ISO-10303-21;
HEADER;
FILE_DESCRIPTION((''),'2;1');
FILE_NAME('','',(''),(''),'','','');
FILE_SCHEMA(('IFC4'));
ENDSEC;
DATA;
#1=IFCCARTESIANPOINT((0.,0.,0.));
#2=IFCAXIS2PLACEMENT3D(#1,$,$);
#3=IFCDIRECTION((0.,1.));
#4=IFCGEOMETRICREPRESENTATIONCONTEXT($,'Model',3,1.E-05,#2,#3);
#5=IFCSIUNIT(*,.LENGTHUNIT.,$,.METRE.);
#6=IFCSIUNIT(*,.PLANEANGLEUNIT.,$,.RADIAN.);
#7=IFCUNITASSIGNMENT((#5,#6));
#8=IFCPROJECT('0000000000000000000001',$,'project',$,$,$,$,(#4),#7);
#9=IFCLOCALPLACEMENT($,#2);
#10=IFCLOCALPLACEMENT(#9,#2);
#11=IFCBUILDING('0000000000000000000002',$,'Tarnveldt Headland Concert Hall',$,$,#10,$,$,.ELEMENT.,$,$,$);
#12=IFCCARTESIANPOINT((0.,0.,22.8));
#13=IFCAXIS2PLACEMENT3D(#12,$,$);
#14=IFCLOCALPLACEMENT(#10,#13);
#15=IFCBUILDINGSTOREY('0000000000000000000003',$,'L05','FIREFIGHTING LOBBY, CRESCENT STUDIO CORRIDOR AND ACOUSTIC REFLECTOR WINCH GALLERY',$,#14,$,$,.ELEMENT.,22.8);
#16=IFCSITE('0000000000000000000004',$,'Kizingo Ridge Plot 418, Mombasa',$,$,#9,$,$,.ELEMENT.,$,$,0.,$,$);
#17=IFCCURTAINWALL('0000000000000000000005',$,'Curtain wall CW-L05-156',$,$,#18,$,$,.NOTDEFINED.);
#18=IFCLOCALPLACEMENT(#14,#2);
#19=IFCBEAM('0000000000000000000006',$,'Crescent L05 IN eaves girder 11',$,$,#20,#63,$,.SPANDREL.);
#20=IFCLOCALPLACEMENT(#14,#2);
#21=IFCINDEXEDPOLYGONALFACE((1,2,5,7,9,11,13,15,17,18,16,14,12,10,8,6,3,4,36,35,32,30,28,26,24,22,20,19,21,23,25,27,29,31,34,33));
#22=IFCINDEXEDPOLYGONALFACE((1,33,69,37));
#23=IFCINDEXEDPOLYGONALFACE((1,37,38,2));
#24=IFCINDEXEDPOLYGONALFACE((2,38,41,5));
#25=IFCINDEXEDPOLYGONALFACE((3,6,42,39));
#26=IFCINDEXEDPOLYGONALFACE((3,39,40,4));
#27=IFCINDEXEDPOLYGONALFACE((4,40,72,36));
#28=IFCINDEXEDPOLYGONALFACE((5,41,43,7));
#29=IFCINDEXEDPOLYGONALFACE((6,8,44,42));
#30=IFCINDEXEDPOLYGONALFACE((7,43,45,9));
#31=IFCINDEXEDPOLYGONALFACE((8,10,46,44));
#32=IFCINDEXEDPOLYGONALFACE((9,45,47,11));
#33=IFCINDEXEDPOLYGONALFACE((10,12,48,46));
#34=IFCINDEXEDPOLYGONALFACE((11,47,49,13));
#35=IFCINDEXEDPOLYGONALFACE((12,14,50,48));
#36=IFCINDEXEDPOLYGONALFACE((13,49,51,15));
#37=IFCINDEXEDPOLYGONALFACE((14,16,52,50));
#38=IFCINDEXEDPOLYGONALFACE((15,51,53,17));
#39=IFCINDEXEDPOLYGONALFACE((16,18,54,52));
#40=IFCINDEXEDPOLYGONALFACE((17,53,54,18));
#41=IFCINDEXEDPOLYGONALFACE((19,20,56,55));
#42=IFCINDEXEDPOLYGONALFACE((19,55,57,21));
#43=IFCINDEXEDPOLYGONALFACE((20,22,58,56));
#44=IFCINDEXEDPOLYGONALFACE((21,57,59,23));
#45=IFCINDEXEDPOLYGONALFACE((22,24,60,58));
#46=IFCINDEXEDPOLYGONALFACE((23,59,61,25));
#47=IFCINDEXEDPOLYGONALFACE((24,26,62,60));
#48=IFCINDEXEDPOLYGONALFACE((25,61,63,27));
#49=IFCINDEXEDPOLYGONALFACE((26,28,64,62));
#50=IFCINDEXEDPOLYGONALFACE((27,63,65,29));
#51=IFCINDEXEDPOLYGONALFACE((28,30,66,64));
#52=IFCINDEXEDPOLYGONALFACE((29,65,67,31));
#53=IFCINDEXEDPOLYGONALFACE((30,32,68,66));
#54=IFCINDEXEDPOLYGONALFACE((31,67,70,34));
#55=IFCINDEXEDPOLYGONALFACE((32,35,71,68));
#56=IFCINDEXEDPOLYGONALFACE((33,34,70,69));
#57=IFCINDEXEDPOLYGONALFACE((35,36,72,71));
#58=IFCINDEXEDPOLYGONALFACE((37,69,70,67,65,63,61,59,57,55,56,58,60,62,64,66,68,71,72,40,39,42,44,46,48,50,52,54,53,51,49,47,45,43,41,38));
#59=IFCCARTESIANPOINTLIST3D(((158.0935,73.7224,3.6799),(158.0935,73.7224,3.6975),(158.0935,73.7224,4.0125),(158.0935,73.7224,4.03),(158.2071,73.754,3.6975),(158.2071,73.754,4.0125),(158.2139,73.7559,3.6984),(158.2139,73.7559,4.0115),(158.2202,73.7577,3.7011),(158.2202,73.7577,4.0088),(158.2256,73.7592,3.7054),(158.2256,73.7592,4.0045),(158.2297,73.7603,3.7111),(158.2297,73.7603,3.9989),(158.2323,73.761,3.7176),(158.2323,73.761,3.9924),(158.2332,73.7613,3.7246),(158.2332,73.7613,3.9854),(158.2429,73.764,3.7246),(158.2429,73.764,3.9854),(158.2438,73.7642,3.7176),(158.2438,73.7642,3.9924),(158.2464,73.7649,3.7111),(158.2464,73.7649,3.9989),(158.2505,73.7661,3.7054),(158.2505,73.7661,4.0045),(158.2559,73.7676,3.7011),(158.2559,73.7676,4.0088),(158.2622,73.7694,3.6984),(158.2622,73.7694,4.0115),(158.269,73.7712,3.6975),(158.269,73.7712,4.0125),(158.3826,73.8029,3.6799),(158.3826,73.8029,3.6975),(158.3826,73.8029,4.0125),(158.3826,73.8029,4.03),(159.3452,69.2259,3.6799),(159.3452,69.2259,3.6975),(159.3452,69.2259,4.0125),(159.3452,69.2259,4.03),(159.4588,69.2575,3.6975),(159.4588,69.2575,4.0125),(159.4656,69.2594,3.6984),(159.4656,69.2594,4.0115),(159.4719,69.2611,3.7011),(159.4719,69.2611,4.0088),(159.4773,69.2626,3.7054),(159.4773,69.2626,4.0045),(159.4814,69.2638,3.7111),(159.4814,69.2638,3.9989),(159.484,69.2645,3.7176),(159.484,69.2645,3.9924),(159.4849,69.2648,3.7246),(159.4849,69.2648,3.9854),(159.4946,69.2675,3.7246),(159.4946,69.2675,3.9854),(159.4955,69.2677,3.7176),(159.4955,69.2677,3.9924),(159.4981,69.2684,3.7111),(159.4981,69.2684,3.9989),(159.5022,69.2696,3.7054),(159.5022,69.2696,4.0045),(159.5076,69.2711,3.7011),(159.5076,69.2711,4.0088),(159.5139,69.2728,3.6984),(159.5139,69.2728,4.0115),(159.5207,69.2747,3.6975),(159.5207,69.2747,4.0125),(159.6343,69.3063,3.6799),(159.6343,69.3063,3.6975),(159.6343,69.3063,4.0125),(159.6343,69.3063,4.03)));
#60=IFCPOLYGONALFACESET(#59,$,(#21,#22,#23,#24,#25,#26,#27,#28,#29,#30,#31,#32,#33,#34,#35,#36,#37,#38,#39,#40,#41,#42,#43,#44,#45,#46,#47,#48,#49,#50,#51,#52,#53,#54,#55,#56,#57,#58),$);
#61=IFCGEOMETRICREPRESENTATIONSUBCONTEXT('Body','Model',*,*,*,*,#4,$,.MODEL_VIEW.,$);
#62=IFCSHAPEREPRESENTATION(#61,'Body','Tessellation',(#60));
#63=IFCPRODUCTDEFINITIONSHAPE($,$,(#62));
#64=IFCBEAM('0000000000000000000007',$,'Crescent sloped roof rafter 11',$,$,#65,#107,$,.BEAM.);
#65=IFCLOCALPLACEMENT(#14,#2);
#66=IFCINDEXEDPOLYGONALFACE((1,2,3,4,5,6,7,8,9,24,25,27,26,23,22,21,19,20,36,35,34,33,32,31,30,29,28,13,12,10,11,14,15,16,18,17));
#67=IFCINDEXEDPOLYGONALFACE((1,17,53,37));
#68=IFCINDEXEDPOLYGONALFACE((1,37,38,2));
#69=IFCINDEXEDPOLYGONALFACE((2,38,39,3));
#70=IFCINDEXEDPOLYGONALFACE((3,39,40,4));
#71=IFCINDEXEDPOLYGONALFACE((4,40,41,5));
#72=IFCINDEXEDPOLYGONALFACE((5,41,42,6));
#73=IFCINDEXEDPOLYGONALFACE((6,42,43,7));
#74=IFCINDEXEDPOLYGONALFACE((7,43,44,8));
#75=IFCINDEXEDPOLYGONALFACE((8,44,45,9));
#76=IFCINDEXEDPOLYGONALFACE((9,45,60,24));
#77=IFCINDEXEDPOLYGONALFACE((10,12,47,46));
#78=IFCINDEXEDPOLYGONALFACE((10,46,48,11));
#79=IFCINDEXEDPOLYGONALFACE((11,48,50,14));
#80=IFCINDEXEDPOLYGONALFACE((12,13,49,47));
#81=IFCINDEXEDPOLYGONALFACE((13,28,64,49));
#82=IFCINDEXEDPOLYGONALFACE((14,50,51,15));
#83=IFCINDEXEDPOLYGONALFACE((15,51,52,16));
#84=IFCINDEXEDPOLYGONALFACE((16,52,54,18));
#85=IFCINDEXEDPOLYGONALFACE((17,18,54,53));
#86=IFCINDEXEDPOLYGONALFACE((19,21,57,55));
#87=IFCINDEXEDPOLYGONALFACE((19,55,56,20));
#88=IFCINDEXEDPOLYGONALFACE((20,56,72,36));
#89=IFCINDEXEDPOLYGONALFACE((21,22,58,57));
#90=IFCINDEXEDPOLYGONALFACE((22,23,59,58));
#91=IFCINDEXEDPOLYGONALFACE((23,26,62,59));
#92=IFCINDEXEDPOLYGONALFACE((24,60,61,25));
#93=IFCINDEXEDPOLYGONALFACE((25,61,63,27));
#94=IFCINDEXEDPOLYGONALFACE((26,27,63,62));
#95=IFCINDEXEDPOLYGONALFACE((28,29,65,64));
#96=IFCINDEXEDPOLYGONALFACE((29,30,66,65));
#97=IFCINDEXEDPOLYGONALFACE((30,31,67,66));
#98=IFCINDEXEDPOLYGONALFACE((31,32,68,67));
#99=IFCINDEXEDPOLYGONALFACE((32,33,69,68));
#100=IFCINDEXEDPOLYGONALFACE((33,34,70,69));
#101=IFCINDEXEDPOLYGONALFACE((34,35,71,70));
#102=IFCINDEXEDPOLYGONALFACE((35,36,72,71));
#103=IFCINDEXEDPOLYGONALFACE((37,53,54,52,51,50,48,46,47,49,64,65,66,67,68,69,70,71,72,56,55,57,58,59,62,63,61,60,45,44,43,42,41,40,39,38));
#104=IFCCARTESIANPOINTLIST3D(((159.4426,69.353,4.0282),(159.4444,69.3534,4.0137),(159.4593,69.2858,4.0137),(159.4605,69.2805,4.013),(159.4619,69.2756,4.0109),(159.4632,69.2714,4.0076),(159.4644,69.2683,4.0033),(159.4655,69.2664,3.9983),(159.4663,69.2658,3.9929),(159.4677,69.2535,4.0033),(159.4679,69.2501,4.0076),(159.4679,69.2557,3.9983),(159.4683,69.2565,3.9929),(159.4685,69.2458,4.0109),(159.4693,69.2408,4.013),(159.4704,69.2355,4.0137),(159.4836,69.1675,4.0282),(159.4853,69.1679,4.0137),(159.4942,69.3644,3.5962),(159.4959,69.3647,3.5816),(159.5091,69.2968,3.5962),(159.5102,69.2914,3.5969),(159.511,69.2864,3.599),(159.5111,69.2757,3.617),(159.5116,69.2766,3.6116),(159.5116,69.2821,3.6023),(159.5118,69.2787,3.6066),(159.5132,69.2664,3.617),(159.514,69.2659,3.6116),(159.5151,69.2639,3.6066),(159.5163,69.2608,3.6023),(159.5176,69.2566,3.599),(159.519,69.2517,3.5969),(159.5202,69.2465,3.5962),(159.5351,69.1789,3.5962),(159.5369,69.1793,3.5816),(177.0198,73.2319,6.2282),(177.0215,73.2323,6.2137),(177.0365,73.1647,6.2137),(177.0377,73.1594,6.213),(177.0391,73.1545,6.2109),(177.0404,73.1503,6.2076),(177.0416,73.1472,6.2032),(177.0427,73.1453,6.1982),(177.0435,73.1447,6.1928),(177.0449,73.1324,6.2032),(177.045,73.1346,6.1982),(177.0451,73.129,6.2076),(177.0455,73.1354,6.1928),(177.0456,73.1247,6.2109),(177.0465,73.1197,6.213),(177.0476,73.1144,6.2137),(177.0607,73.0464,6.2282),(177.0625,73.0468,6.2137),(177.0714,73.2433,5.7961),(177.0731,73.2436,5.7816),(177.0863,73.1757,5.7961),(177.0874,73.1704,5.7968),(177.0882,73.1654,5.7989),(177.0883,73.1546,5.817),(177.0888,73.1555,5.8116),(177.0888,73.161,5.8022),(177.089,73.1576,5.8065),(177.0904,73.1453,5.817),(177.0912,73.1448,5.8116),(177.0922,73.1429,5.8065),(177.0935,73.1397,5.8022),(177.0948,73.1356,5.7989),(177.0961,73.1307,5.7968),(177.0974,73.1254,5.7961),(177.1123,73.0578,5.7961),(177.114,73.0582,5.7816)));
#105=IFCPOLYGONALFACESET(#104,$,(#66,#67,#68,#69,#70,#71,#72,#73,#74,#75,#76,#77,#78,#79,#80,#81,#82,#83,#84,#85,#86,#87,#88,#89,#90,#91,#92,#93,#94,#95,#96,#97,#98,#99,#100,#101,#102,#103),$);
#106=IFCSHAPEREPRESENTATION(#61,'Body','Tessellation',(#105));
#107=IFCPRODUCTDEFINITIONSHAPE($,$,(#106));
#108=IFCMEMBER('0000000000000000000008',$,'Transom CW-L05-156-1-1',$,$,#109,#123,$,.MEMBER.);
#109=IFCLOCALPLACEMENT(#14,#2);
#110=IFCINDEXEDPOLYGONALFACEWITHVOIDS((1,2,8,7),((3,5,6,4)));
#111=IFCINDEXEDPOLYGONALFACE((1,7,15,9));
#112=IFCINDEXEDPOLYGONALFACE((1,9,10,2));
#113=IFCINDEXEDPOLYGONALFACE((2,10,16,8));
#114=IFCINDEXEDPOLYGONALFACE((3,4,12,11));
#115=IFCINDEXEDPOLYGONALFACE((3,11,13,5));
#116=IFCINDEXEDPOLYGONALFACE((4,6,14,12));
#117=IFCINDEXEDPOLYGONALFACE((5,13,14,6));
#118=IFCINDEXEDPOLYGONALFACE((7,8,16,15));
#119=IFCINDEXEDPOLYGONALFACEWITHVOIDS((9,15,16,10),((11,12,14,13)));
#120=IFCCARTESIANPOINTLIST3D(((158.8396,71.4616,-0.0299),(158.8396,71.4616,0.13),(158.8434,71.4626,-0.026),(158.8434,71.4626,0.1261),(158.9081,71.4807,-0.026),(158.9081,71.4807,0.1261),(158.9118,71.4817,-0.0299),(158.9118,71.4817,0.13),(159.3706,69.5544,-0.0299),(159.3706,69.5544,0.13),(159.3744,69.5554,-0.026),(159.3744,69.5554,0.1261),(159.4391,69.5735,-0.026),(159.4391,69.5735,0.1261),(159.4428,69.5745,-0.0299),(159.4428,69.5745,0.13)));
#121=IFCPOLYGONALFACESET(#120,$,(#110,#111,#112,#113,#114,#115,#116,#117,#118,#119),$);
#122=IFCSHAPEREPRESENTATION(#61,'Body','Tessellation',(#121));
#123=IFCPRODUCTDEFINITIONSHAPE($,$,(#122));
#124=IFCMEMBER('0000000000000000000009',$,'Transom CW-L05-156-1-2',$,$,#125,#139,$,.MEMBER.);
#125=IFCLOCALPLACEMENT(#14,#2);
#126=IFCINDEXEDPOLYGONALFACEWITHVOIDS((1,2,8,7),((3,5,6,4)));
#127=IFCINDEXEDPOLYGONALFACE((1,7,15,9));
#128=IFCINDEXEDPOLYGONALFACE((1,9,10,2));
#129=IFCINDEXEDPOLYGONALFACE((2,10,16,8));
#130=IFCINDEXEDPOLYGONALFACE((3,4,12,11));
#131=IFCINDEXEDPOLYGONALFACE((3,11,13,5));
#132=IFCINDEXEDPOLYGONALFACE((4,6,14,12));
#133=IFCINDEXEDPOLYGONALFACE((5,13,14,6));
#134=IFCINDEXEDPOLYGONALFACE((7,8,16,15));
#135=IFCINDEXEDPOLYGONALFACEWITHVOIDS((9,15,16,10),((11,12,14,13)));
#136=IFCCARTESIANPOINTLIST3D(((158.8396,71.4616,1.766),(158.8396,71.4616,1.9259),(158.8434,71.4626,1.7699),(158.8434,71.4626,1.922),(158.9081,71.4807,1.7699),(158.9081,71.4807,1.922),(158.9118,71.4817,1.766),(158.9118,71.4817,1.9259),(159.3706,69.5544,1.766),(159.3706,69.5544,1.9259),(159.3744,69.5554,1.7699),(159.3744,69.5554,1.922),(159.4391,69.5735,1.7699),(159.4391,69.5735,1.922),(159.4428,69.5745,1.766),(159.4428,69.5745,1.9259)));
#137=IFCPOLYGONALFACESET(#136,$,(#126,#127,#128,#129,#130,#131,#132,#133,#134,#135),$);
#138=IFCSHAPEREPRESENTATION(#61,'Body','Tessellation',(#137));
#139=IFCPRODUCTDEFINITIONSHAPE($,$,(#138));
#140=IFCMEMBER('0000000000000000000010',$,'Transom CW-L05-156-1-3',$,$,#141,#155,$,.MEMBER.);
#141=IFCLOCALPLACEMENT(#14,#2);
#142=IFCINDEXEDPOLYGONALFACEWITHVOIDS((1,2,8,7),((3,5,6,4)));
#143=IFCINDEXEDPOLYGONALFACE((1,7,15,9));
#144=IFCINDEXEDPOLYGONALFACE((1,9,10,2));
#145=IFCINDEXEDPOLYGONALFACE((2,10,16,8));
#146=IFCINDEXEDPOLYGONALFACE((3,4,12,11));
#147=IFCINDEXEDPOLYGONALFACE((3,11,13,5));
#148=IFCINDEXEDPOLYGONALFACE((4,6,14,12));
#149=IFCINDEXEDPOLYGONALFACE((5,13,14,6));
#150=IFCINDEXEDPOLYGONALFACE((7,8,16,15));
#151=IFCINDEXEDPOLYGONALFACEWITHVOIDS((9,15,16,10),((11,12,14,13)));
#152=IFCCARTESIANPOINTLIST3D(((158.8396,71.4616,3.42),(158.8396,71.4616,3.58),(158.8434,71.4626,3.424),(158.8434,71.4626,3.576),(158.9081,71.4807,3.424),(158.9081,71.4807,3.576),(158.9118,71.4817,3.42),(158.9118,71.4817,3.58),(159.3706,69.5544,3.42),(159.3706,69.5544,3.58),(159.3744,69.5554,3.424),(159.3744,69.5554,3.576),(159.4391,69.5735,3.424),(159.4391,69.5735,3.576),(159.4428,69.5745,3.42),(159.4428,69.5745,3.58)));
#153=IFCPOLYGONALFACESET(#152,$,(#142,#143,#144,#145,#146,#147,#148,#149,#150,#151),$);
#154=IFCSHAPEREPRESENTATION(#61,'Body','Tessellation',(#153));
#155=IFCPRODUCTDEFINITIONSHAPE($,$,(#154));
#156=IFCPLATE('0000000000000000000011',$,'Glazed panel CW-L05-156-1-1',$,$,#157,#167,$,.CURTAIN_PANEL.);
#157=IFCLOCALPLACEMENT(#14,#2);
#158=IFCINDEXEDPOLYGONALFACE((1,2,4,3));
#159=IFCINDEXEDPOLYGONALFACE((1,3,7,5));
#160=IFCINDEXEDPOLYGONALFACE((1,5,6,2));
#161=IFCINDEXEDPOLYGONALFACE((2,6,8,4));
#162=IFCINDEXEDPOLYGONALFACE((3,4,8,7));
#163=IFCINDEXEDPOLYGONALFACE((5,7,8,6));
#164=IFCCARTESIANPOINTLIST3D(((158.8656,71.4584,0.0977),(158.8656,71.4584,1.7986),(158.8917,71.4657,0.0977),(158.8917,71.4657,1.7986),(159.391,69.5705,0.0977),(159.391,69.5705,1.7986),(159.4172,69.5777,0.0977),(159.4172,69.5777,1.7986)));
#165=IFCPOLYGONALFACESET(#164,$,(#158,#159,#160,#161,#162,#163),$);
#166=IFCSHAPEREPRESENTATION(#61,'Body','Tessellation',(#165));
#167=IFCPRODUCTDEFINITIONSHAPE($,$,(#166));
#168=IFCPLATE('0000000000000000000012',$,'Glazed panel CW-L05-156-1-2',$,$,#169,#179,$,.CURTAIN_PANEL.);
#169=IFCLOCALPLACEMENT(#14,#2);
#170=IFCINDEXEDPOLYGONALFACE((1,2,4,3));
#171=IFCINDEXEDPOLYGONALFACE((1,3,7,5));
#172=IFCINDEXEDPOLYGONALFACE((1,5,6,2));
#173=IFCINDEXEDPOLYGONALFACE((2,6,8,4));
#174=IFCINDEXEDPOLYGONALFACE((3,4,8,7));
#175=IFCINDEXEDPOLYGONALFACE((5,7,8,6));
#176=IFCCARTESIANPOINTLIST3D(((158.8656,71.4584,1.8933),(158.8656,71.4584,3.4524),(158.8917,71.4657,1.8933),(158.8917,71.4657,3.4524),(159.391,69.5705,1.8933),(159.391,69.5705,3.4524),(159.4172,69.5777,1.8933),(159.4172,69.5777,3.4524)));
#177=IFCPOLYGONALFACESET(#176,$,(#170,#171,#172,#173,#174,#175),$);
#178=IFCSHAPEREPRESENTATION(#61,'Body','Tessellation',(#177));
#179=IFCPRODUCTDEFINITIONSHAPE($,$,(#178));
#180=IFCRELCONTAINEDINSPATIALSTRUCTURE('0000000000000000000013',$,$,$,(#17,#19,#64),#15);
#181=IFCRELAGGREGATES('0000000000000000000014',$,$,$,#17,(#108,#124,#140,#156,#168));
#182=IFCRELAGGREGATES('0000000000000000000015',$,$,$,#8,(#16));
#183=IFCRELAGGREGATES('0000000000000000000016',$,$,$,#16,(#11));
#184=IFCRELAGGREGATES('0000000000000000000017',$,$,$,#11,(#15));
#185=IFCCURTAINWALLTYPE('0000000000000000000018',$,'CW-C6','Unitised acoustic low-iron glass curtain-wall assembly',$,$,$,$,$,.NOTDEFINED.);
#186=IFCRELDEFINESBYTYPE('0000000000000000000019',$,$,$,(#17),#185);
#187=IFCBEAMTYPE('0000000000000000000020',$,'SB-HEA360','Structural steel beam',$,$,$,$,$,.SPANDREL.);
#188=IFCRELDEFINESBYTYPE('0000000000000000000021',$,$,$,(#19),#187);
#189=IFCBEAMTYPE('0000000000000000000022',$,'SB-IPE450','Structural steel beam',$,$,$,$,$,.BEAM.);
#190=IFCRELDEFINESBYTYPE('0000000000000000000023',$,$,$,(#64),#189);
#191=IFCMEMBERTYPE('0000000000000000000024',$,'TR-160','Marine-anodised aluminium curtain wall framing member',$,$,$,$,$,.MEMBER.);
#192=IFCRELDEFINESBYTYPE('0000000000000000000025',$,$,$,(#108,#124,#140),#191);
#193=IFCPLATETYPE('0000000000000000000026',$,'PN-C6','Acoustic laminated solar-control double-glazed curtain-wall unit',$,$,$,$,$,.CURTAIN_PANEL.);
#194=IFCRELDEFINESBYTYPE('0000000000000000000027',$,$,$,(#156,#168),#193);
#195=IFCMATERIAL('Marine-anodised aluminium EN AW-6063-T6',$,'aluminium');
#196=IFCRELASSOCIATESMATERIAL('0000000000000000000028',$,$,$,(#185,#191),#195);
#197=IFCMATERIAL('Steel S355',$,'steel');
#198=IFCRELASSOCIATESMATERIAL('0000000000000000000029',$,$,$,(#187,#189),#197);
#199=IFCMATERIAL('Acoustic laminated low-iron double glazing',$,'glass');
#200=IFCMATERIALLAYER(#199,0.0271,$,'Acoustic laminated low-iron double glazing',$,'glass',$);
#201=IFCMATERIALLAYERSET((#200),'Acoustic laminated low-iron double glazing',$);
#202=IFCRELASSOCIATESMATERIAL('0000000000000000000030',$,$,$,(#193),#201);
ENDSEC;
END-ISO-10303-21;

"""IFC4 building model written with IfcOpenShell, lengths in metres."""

from ifc_helpers import new_model, si_unit, direction, frame, origin, origin_2d, place, context, subcontext, project, spatial, rectangle, hollow_rectangle, i_section, extrude, material, layer, layer_set, material_profile, profile_set, type_object, element, aggregate, save


model = new_model("IFC4")

# Units and contexts
model_context = context("Model", 3, precision=1e-05, world=origin(), true_north=direction((0.0, 1.0)))
body_context = subcontext(model_context, "Body", "Model", "MODEL_VIEW")
ifc_project = project(units=[si_unit("LENGTHUNIT", "METRE"), si_unit("PLANEANGLEUNIT", "RADIAN")], contexts=[model_context])

# Site, building, storey
site_placement = place(None, origin())
site = spatial("IfcSite", under=ifc_project, at=site_placement, Name="Kizingo Ridge Plot 418, Mombasa", CompositionType="ELEMENT", RefElevation=0.0)
building_placement = place(site_placement, origin())
building = spatial("IfcBuilding", under=site, at=building_placement, Name="Tarnveldt Headland Concert Hall", CompositionType="ELEMENT")
storey_placement = place(building_placement, frame((0.0, 0.0, 22.8)))
storey = spatial("IfcBuildingStorey", under=building, at=storey_placement, Name="L05", Description="FIREFIGHTING LOBBY, CRESCENT STUDIO CORRIDOR AND ACOUSTIC REFLECTOR WINCH GALLERY", CompositionType="ELEMENT", Elevation=22.8)

# Shared definitions
ifc_material_1 = material(Name="Steel S355", Category="steel")

# Curtain wall
ifc_material_2 = material(Name="Marine-anodised aluminium EN AW-6063-T6", Category="aluminium")
curtain_wall_type = type_object("IfcCurtainWallType", Name="CW-C6", Description="Unitised acoustic low-iron glass curtain-wall assembly", PredefinedType="NOTDEFINED", material=ifc_material_2)
curtain_wall_placement = place(storey_placement, origin())
curtain_wall = element("IfcCurtainWall", 1, at=curtain_wall_placement, inside=storey, type_object=curtain_wall_type, Name="Curtain wall CW-L05-156", PredefinedType="NOTDEFINED")

# Beams
ifc_material_profile_1 = material_profile(ifc_material_1, i_section(OverallWidth=0.3, OverallDepth=0.3501, WebThickness=0.01, FlangeThickness=0.0176, FilletRadius=0.0271, at=origin_2d()), Name="HEA360", Category="steel")
ifc_profile_set_1 = profile_set([ifc_material_profile_1], Name="Steel S355")
beam_type_1 = type_object("IfcBeamType", Name="SB-HEA360", Description="Structural steel beam", PredefinedType="SPANDREL", material=ifc_profile_set_1)
beam_1_placement = place(storey_placement, frame((159.4897, 69.2661, 3.855), z_axis=(-0.268173, 0.963371, 0.0), x_axis=(-0.963371, -0.268173, 0.0)))
element("IfcBeam", 2, at=beam_1_placement, inside=storey, type_object=beam_type_1, Name="Crescent L05 IN eaves girder 11", PredefinedType="SPANDREL", context=body_context, shape_type="SweptSolid", body=[
    extrude(i_section(OverallWidth=0.3, OverallDepth=0.3501, WebThickness=0.01, FlangeThickness=0.0176, FilletRadius=0.0271, at=origin_2d()), origin(), (0.0, 0.0, 1.0), 4.6675),
])
ifc_material_profile_2 = material_profile(ifc_material_1, i_section(OverallWidth=0.1899, OverallDepth=0.45, WebThickness=0.0095, FlangeThickness=0.0146, FilletRadius=0.021, at=origin_2d()), Name="IPE450", Category="steel")
ifc_profile_set_2 = profile_set([ifc_material_profile_2], Name="Steel S355")
beam_type_2 = type_object("IfcBeamType", Name="SB-IPE450", Description="Structural steel beam", PredefinedType="BEAM", material=ifc_profile_set_2)
beam_2_placement = place(storey_placement, frame((159.4897, 69.2661, 3.8049), z_axis=(0.969293, 0.213902, 0.121316), x_axis=(-0.215494, 0.976505, 0.0)))
element("IfcBeam", 3, at=beam_2_placement, inside=storey, type_object=beam_type_2, Name="Crescent sloped roof rafter 11", PredefinedType="BEAM", context=body_context, shape_type="SweptSolid", body=[
    extrude(i_section(OverallWidth=0.1899, OverallDepth=0.45, WebThickness=0.0095, FlangeThickness=0.0146, FilletRadius=0.021, at=origin_2d()), origin(), (0.0, 0.0, 1.0), 18.134),
])

# Members
ifc_material_profile_3 = material_profile(ifc_material_2, hollow_rectangle(XDim=0.075, YDim=0.1599, WallThickness=0.0039, at=origin_2d()), Name="ALU TRANSOM 75x160x4", Category="aluminium")
ifc_profile_set_3 = profile_set([ifc_material_profile_3], Name="Marine-anodised aluminium EN AW-6063-T6")
member_type_1 = type_object("IfcMemberType", Name="TR-160", Description="Marine-anodised aluminium curtain wall framing member", PredefinedType="MEMBER", material=ifc_profile_set_3)
member_1_placement = place(storey_placement, frame((159.4067, 69.5645, 0.05), z_axis=(-0.268216, 0.963359, 0.0), x_axis=(-0.963359, -0.268216, 0.0)))
member_1 = element("IfcMember", 4, at=member_1_placement, type_object=member_type_1, Name="Transom CW-L05-156-1-1", PredefinedType="MEMBER", context=body_context, shape_type="SweptSolid", body=[
    extrude(hollow_rectangle(XDim=0.075, YDim=0.1599, WallThickness=0.0039, at=origin_2d()), origin(), (0.0, 0.0, 1.0), 1.9797),
])
member_2_placement = place(storey_placement, frame((159.4067, 69.5645, 1.8459), z_axis=(-0.268216, 0.963359, 0.0), x_axis=(-0.963359, -0.268216, 0.0)))
member_2 = element("IfcMember", 5, at=member_2_placement, type_object=member_type_1, Name="Transom CW-L05-156-1-2", PredefinedType="MEMBER", context=body_context, shape_type="SweptSolid", body=[
    extrude(hollow_rectangle(XDim=0.075, YDim=0.1599, WallThickness=0.0039, at=origin_2d()), origin(), (0.0, 0.0, 1.0), 1.9797),
])
member_3_placement = place(storey_placement, frame((159.4067, 69.5645, 3.5), z_axis=(-0.268216, 0.963359, 0.0), x_axis=(-0.963359, -0.268216, 0.0)))
member_3 = element("IfcMember", 6, at=member_3_placement, type_object=member_type_1, Name="Transom CW-L05-156-1-3", PredefinedType="MEMBER", context=body_context, shape_type="SweptSolid", body=[
    extrude(hollow_rectangle(XDim=0.075, YDim=0.1599, WallThickness=0.0039, at=origin_2d()), origin(), (0.0, 0.0, 1.0), 1.9797),
])

# Plates
ifc_material_3 = material(Name="Acoustic laminated low-iron double glazing", Category="glass")
ifc_layer_1 = layer(ifc_material_3, 0.0271, Name="Acoustic laminated low-iron double glazing", Category="glass")
ifc_layer_set_1 = layer_set([ifc_layer_1], Name="Acoustic laminated low-iron double glazing")
plate_type = type_object("IfcPlateType", Name="PN-C6", Description="Acoustic laminated solar-control double-glazed curtain-wall unit", PredefinedType="CURTAIN_PANEL", material=ifc_layer_set_1)
plate_1_placement = place(storey_placement, frame((159.1414, 70.5181, 0.0977), z_axis=(0.0, 0.0, 1.0), x_axis=(-0.268146, 0.963378, 0.0)))
plate_1 = element("IfcPlate", 7, at=plate_1_placement, type_object=plate_type, Name="Glazed panel CW-L05-156-1-1", PredefinedType="CURTAIN_PANEL", context=body_context, shape_type="SweptSolid", body=[
    extrude(rectangle(XDim=1.9597, YDim=0.0271, at=origin_2d()), origin(), (0.0, 0.0, 1.0), 1.7009),
])
plate_2_placement = place(storey_placement, frame((159.1414, 70.5181, 1.8933), z_axis=(0.0, 0.0, 1.0), x_axis=(-0.268146, 0.963378, 0.0)))
plate_2 = element("IfcPlate", 8, at=plate_2_placement, type_object=plate_type, Name="Glazed panel CW-L05-156-1-2", PredefinedType="CURTAIN_PANEL", context=body_context, shape_type="SweptSolid", body=[
    extrude(rectangle(XDim=1.9597, YDim=0.0271, at=origin_2d()), origin(), (0.0, 0.0, 1.0), 1.5591),
])
aggregate(curtain_wall, [member_1, member_2, member_3, plate_1, plate_2])

save(model, "model.ifc")
